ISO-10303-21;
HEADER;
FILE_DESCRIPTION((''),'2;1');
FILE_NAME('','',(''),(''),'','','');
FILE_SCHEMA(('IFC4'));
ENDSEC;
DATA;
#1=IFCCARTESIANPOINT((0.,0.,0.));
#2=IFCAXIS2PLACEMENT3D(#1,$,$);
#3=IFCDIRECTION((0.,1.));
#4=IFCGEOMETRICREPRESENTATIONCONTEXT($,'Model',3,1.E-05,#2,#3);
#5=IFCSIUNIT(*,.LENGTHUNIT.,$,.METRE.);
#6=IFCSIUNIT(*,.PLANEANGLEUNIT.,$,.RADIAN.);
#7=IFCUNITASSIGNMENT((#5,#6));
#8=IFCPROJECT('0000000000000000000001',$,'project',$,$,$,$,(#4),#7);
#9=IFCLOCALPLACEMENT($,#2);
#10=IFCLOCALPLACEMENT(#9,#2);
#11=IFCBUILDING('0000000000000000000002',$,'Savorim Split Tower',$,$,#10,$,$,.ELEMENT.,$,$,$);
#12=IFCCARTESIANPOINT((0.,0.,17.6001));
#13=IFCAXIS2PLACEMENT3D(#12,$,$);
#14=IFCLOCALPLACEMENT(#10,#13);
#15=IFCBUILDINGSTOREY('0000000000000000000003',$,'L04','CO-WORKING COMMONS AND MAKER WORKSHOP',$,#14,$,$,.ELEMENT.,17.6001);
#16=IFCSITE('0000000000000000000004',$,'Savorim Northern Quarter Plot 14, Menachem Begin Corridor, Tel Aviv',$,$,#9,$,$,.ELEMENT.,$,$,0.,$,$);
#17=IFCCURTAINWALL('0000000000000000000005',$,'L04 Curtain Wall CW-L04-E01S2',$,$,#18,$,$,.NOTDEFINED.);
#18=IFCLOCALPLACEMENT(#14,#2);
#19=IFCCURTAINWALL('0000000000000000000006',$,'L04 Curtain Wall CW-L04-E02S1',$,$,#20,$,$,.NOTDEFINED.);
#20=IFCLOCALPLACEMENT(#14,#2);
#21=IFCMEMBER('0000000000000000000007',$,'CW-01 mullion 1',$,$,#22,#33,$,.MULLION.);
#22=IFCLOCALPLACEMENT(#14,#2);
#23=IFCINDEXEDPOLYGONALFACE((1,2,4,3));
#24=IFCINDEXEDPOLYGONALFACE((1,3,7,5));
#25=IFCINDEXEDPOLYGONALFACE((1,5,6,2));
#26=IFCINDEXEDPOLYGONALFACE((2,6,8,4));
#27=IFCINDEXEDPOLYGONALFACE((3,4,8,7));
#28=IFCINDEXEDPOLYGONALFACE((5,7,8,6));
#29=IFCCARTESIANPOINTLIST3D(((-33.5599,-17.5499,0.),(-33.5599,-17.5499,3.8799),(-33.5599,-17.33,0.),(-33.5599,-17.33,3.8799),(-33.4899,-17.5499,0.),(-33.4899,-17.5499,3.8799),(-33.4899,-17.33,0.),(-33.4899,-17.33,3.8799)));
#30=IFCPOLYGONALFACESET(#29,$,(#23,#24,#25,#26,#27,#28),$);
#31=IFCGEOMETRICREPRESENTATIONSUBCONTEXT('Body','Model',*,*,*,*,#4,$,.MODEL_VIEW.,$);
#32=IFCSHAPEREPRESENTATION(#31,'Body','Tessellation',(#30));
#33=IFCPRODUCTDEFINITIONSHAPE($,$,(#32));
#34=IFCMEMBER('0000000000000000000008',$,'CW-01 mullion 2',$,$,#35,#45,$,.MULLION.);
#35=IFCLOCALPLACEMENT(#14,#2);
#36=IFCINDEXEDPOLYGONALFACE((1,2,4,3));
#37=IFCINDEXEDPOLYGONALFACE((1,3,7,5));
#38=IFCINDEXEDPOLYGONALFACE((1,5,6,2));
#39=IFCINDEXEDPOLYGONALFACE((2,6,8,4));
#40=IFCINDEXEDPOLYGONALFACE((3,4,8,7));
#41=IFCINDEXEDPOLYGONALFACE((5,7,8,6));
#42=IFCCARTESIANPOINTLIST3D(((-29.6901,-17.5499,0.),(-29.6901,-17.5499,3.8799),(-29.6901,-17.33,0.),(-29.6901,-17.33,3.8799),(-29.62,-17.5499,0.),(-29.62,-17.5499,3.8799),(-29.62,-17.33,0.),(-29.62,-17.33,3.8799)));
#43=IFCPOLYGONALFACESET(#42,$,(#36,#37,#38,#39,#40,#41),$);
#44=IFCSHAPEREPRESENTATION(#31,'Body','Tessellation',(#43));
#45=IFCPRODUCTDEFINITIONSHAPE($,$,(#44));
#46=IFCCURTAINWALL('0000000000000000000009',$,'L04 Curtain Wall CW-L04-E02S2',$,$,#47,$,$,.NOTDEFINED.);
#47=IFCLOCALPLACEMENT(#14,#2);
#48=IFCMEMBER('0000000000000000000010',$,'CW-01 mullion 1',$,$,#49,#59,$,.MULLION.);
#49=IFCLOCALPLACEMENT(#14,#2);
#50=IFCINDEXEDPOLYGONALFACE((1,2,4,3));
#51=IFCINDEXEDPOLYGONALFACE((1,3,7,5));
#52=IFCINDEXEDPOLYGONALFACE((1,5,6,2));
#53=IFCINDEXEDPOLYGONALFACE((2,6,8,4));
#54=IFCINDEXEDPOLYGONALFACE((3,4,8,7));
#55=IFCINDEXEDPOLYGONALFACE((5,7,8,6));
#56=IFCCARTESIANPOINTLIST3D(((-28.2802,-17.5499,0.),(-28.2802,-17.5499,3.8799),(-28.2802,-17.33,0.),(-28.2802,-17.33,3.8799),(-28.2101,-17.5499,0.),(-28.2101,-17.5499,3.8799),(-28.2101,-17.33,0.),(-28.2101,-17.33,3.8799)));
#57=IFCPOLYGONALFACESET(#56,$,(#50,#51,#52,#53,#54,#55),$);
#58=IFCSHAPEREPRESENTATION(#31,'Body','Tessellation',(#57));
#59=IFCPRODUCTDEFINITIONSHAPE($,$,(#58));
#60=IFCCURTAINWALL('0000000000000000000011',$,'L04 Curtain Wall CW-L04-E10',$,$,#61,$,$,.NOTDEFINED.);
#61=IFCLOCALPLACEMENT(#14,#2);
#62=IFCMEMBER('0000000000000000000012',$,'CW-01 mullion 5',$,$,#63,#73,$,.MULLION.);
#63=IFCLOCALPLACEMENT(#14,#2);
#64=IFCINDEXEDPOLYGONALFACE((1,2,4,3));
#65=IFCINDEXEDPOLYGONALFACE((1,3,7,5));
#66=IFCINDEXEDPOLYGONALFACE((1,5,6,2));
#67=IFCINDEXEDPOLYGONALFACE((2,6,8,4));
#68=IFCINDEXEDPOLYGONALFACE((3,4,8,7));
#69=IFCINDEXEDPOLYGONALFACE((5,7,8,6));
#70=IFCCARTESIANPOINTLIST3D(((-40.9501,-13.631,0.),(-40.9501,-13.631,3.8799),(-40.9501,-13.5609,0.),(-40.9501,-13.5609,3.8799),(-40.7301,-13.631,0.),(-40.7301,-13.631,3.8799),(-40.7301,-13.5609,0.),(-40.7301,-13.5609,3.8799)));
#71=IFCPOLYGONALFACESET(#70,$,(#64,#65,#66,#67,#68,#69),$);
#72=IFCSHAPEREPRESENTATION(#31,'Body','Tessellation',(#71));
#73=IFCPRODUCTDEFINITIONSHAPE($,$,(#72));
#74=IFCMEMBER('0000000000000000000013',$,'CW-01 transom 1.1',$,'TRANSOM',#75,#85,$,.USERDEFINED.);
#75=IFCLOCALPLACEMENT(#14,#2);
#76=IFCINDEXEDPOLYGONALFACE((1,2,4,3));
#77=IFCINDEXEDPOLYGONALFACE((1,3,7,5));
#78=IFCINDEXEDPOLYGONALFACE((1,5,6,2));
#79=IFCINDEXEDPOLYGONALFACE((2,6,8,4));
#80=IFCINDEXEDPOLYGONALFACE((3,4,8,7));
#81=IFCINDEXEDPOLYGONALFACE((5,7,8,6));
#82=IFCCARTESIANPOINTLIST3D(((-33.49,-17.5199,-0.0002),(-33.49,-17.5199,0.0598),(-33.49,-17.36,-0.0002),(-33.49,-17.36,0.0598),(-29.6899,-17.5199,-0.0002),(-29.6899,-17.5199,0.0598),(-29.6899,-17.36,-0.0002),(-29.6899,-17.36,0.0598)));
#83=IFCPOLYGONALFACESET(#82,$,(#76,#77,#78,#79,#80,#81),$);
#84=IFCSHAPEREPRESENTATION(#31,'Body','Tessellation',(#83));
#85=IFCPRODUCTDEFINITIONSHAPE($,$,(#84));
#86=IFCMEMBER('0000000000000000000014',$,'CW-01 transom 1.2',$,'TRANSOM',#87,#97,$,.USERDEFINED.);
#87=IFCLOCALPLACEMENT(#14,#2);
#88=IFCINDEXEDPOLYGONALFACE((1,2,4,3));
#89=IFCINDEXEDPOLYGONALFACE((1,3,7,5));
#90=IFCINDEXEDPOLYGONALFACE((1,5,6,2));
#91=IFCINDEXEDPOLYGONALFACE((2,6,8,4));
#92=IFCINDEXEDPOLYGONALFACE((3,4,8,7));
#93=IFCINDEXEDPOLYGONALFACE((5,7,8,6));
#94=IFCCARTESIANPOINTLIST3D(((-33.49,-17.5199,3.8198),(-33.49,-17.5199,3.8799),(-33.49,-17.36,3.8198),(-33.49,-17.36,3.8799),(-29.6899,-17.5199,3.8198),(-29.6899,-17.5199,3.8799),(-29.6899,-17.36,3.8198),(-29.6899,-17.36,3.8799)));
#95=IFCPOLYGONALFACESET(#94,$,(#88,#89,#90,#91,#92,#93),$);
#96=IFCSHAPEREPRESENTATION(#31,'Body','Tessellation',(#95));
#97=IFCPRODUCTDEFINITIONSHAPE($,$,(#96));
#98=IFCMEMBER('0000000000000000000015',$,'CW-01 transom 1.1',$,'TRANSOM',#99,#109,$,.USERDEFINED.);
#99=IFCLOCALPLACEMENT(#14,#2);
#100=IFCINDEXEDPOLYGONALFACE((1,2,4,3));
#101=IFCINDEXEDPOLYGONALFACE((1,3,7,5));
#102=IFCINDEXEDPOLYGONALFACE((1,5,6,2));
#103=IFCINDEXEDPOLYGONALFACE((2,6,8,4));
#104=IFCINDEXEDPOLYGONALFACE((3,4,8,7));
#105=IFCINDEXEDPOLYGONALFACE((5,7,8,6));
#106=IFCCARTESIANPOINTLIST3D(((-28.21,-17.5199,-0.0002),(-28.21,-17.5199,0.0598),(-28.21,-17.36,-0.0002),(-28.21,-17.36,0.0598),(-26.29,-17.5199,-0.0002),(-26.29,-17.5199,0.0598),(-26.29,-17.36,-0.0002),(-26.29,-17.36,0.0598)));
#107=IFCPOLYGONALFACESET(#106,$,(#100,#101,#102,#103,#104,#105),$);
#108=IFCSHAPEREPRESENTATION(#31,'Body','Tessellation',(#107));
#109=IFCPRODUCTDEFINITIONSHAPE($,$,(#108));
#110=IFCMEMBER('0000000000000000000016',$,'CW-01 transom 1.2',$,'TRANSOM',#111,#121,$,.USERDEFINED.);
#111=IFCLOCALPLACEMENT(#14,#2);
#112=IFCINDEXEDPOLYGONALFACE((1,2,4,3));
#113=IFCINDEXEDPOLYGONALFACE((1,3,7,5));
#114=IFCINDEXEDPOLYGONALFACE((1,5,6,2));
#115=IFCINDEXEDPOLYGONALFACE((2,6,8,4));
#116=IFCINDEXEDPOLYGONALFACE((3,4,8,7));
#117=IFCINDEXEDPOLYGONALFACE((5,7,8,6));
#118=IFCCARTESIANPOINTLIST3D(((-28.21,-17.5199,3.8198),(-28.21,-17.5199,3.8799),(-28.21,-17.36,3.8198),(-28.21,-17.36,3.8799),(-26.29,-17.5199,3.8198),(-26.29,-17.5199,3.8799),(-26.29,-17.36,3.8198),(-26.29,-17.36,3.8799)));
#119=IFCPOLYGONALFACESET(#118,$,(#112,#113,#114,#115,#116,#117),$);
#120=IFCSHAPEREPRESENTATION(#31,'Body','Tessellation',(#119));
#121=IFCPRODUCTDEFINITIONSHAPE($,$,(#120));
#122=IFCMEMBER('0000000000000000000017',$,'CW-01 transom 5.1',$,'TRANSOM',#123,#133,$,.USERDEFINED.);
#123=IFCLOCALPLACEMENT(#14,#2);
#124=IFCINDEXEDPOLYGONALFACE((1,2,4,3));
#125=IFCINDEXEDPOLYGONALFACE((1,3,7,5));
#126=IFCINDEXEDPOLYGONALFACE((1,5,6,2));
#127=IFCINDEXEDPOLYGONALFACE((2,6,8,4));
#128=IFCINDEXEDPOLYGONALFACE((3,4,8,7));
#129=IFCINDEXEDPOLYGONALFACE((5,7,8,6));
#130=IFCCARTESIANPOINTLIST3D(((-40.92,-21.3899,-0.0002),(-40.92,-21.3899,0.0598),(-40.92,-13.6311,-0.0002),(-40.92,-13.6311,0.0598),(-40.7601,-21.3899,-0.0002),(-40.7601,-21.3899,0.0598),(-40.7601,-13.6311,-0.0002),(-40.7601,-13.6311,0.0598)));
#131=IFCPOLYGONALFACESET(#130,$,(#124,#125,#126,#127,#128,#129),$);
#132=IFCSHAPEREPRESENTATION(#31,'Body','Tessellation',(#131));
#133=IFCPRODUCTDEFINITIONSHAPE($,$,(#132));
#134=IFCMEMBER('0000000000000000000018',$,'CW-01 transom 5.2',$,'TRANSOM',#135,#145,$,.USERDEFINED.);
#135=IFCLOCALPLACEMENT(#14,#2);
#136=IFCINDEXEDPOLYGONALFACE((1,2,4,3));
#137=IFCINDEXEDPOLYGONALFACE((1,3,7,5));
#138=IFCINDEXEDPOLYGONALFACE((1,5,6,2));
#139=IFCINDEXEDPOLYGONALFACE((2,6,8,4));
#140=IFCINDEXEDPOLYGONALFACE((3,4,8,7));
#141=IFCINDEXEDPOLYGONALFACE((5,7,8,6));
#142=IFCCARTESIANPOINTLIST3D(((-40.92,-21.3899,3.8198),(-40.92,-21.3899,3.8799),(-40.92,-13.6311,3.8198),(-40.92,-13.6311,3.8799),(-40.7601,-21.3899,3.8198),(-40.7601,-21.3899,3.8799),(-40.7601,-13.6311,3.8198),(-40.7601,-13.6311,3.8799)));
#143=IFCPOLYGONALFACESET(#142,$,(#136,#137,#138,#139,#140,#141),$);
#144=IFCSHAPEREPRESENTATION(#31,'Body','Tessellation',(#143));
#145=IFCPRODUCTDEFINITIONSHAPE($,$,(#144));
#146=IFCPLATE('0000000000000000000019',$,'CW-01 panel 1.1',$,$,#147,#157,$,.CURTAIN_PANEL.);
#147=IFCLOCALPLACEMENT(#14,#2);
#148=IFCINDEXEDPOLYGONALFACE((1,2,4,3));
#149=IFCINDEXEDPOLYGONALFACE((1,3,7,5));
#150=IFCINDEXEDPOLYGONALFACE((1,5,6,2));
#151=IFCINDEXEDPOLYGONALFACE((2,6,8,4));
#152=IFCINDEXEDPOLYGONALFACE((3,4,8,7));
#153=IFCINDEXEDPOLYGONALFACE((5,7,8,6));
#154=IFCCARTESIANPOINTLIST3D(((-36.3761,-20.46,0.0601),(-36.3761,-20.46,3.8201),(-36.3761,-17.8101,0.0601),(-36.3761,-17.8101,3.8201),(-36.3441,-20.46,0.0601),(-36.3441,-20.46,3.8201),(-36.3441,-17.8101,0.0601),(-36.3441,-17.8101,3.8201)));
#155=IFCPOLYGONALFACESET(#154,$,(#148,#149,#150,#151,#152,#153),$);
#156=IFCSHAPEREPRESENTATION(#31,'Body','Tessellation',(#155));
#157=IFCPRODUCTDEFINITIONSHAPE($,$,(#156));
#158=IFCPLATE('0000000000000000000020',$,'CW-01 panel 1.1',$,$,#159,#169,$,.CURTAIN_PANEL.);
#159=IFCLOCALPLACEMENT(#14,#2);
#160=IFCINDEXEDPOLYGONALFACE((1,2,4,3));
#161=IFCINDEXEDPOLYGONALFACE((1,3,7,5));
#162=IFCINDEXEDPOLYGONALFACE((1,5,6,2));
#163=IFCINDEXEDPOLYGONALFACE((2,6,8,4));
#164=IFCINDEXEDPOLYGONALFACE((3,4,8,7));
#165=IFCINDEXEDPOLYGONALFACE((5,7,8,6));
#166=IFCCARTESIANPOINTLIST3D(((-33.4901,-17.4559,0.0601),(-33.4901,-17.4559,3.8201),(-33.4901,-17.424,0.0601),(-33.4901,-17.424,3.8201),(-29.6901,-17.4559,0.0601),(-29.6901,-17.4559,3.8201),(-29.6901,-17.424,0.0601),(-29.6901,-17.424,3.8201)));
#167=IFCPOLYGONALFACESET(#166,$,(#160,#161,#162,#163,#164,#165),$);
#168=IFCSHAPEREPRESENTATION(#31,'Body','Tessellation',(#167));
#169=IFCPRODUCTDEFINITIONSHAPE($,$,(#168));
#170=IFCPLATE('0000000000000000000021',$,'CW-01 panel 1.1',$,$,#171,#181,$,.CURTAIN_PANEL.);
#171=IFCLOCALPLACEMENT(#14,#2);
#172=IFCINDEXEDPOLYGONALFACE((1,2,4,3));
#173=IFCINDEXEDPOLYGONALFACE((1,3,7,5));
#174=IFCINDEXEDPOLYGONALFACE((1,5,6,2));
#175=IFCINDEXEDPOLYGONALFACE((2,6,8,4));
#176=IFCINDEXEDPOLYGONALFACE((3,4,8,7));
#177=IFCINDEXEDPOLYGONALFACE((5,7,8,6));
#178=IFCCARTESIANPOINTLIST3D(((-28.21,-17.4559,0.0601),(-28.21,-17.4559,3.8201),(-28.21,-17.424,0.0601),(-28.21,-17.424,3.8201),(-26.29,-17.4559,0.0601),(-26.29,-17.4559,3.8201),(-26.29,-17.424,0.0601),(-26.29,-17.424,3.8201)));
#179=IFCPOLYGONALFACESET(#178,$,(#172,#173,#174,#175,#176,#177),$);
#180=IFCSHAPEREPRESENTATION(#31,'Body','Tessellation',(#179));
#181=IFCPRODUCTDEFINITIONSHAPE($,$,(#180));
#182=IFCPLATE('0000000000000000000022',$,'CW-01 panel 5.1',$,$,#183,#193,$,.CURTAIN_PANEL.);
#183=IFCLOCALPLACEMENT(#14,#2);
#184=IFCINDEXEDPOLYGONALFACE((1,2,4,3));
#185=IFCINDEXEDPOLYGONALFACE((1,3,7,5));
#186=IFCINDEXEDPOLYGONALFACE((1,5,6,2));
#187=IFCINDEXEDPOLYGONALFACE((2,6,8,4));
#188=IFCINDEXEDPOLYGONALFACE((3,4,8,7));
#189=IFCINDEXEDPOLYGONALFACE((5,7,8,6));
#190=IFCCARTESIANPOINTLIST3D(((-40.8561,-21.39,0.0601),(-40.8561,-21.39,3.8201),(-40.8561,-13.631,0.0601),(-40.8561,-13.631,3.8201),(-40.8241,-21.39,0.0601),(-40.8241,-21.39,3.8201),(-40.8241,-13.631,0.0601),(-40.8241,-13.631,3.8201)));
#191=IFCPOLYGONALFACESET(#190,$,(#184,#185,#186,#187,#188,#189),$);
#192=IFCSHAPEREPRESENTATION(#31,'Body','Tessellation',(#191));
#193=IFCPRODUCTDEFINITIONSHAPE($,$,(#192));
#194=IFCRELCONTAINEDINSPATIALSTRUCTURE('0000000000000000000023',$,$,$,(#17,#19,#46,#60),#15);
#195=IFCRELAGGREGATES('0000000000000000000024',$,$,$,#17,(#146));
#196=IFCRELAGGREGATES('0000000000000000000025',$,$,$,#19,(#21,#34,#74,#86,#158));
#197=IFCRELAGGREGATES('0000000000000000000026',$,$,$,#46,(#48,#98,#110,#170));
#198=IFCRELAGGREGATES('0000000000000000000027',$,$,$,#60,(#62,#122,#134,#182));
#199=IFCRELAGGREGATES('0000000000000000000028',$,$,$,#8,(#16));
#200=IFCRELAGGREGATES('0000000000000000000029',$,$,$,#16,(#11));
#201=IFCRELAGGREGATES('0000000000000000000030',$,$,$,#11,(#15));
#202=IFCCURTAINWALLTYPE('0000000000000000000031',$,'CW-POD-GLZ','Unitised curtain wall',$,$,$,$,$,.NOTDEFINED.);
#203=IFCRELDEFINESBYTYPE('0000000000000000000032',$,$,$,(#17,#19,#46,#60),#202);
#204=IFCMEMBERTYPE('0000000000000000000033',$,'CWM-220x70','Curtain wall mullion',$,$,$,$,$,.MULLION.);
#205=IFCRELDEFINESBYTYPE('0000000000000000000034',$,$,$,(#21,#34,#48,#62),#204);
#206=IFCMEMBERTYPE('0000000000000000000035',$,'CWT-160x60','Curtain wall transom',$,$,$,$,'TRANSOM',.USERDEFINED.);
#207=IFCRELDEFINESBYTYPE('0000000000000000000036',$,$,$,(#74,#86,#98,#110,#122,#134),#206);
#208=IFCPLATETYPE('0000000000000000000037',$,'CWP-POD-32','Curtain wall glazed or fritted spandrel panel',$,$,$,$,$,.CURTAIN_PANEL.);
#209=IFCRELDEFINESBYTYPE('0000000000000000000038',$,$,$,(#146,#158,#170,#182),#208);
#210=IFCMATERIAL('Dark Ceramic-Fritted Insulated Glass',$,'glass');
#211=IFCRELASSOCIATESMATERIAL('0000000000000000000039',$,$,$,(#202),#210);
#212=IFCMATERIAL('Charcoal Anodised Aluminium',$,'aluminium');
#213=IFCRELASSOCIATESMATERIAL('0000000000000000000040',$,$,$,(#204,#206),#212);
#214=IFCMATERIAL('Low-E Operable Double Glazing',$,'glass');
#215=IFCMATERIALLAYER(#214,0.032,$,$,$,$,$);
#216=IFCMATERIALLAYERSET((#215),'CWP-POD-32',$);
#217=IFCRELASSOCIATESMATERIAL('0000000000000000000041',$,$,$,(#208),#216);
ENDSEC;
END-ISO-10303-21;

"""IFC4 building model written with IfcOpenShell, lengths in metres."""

from ifc_helpers import new_model, si_unit, direction, frame, origin, origin_2d, place, context, subcontext, project, spatial, rectangle, extrude, material, layer, layer_set, material_profile, profile_set, type_object, element, aggregate, save


model = new_model("IFC4")

# Units and contexts
model_context = context("Model", 3, precision=1e-05, world=origin(), true_north=direction((0.0, 1.0)))
body_context = subcontext(model_context, "Body", "Model", "MODEL_VIEW")
ifc_project = project(units=[si_unit("LENGTHUNIT", "METRE"), si_unit("PLANEANGLEUNIT", "RADIAN")], contexts=[model_context])

# Site, building, storey
site_placement = place(None, origin())
site = spatial("IfcSite", under=ifc_project, at=site_placement, Name="Savorim Northern Quarter Plot 14, Menachem Begin Corridor, Tel Aviv", CompositionType="ELEMENT", RefElevation=0.0)
building_placement = place(site_placement, origin())
building = spatial("IfcBuilding", under=site, at=building_placement, Name="Savorim Split Tower", CompositionType="ELEMENT")
storey_placement = place(building_placement, frame((0.0, 0.0, 17.6001)))
storey = spatial("IfcBuildingStorey", under=building, at=storey_placement, Name="L04", Description="CO-WORKING COMMONS AND MAKER WORKSHOP", CompositionType="ELEMENT", Elevation=17.6001)

# Curtain wall
ifc_material_1 = material(Name="Dark Ceramic-Fritted Insulated Glass", Category="glass")
curtain_wall_type = type_object("IfcCurtainWallType", Name="CW-POD-GLZ", Description="Unitised curtain wall", PredefinedType="NOTDEFINED", material=ifc_material_1)
curtain_wall_1_placement = place(storey_placement, origin())
curtain_wall_1 = element("IfcCurtainWall", 1, at=curtain_wall_1_placement, inside=storey, type_object=curtain_wall_type, Name="L04 Curtain Wall CW-L04-E01S2", PredefinedType="NOTDEFINED")
ifc_material_2 = material(Name="Charcoal Anodised Aluminium", Category="aluminium")
ifc_material_profile_1 = material_profile(ifc_material_2, rectangle(XDim=0.22, YDim=0.0701, at=origin_2d()), Name="ALU-M 220x70")
ifc_profile_set_1 = profile_set([ifc_material_profile_1], Name="Charcoal Anodised Aluminium")
member_type_1 = type_object("IfcMemberType", Name="CWM-220x70", Description="Curtain wall mullion", PredefinedType="MULLION", material=ifc_profile_set_1)

# Curtain wall, members
curtain_wall_2_placement = place(storey_placement, origin())
curtain_wall_2 = element("IfcCurtainWall", 2, at=curtain_wall_2_placement, inside=storey, type_object=curtain_wall_type, Name="L04 Curtain Wall CW-L04-E02S1", PredefinedType="NOTDEFINED")
member_1_placement = place(storey_placement, frame((-33.5249, -17.4399, 0.0), z_axis=(0.0, 0.0, 1.0), x_axis=(0.0, 1.0, 0.0)))
member_1 = element("IfcMember", 3, at=member_1_placement, type_object=member_type_1, Name="CW-01 mullion 1", PredefinedType="MULLION", context=body_context, shape_type="SweptSolid", body=[
    extrude(rectangle(XDim=0.22, YDim=0.0701, at=origin_2d()), origin(), (0.0, 0.0, 1.0), 3.8799),
])
member_2_placement = place(storey_placement, frame((-29.655, -17.4399, 0.0), z_axis=(0.0, 0.0, 1.0), x_axis=(0.0, 1.0, 0.0)))
member_2 = element("IfcMember", 4, at=member_2_placement, type_object=member_type_1, Name="CW-01 mullion 2", PredefinedType="MULLION", context=body_context, shape_type="SweptSolid", body=[
    extrude(rectangle(XDim=0.22, YDim=0.0701, at=origin_2d()), origin(), (0.0, 0.0, 1.0), 3.8799),
])

# Curtain walls, members
curtain_wall_3_placement = place(storey_placement, origin())
curtain_wall_3 = element("IfcCurtainWall", 5, at=curtain_wall_3_placement, inside=storey, type_object=curtain_wall_type, Name="L04 Curtain Wall CW-L04-E02S2", PredefinedType="NOTDEFINED")
member_3_placement = place(storey_placement, frame((-28.2451, -17.4399, 0.0), z_axis=(0.0, 0.0, 1.0), x_axis=(0.0, 1.0, 0.0)))
member_3 = element("IfcMember", 6, at=member_3_placement, type_object=member_type_1, Name="CW-01 mullion 1", PredefinedType="MULLION", context=body_context, shape_type="SweptSolid", body=[
    extrude(rectangle(XDim=0.22, YDim=0.0701, at=origin_2d()), origin(), (0.0, 0.0, 1.0), 3.8799),
])
curtain_wall_4_placement = place(storey_placement, origin())
curtain_wall_4 = element("IfcCurtainWall", 7, at=curtain_wall_4_placement, inside=storey, type_object=curtain_wall_type, Name="L04 Curtain Wall CW-L04-E10", PredefinedType="NOTDEFINED")
member_4_placement = place(storey_placement, frame((-40.8401, -13.5959, 0.0), z_axis=(0.0, 0.0, 1.0), x_axis=(1.0, 0.0, 0.0)))
member_4 = element("IfcMember", 8, at=member_4_placement, type_object=member_type_1, Name="CW-01 mullion 5", PredefinedType="MULLION", context=body_context, shape_type="SweptSolid", body=[
    extrude(rectangle(XDim=0.22, YDim=0.0701, at=origin_2d()), origin(), (0.0, 0.0, 1.0), 3.8799),
])

# Members
ifc_material_profile_2 = material_profile(ifc_material_2, rectangle(XDim=0.1599, YDim=0.0601, at=origin_2d()), Name="ALU-T 160x60")
ifc_profile_set_2 = profile_set([ifc_material_profile_2], Name="Charcoal Anodised Aluminium")
member_type_2 = type_object("IfcMemberType", Name="CWT-160x60", Description="Curtain wall transom", ElementType="TRANSOM", PredefinedType="USERDEFINED", material=ifc_profile_set_2)
member_5_placement = place(storey_placement, frame((-33.49, -17.4399, 0.0298), z_axis=(1.0, 0.0, 0.0), x_axis=(0.0, 1.0, 0.0)))
member_5 = element("IfcMember", 9, at=member_5_placement, type_object=member_type_2, Name="CW-01 transom 1.1", ObjectType="TRANSOM", PredefinedType="USERDEFINED", context=body_context, shape_type="SweptSolid", body=[
    extrude(rectangle(XDim=0.1599, YDim=0.0601, at=origin_2d()), origin(), (0.0, 0.0, 1.0), 3.8),
])
member_6_placement = place(storey_placement, frame((-33.49, -17.4399, 3.8499), z_axis=(1.0, 0.0, 0.0), x_axis=(0.0, 1.0, 0.0)))
member_6 = element("IfcMember", 10, at=member_6_placement, type_object=member_type_2, Name="CW-01 transom 1.2", ObjectType="TRANSOM", PredefinedType="USERDEFINED", context=body_context, shape_type="SweptSolid", body=[
    extrude(rectangle(XDim=0.1599, YDim=0.0601, at=origin_2d()), origin(), (0.0, 0.0, 1.0), 3.8),
])
member_7_placement = place(storey_placement, frame((-28.21, -17.4399, 0.0298), z_axis=(1.0, 0.0, 0.0), x_axis=(0.0, 1.0, 0.0)))
member_7 = element("IfcMember", 11, at=member_7_placement, type_object=member_type_2, Name="CW-01 transom 1.1", ObjectType="TRANSOM", PredefinedType="USERDEFINED", context=body_context, shape_type="SweptSolid", body=[
    extrude(rectangle(XDim=0.1599, YDim=0.0601, at=origin_2d()), origin(), (0.0, 0.0, 1.0), 1.9199),
])
member_8_placement = place(storey_placement, frame((-28.21, -17.4399, 3.8499), z_axis=(1.0, 0.0, 0.0), x_axis=(0.0, 1.0, 0.0)))
member_8 = element("IfcMember", 12, at=member_8_placement, type_object=member_type_2, Name="CW-01 transom 1.2", ObjectType="TRANSOM", PredefinedType="USERDEFINED", context=body_context, shape_type="SweptSolid", body=[
    extrude(rectangle(XDim=0.1599, YDim=0.0601, at=origin_2d()), origin(), (0.0, 0.0, 1.0), 1.9199),
])
member_9_placement = place(storey_placement, frame((-40.8401, -13.6311, 0.0298), z_axis=(0.0, -1.0, 0.0), x_axis=(1.0, 0.0, 0.0)))
member_9 = element("IfcMember", 13, at=member_9_placement, type_object=member_type_2, Name="CW-01 transom 5.1", ObjectType="TRANSOM", PredefinedType="USERDEFINED", context=body_context, shape_type="SweptSolid", body=[
    extrude(rectangle(XDim=0.1599, YDim=0.0601, at=origin_2d()), origin(), (0.0, 0.0, 1.0), 7.7588),
])
member_10_placement = place(storey_placement, frame((-40.8401, -13.6311, 3.8499), z_axis=(0.0, -1.0, 0.0), x_axis=(1.0, 0.0, 0.0)))
member_10 = element("IfcMember", 14, at=member_10_placement, type_object=member_type_2, Name="CW-01 transom 5.2", ObjectType="TRANSOM", PredefinedType="USERDEFINED", context=body_context, shape_type="SweptSolid", body=[
    extrude(rectangle(XDim=0.1599, YDim=0.0601, at=origin_2d()), origin(), (0.0, 0.0, 1.0), 7.7588),
])

# Plates
ifc_material_3 = material(Name="Low-E Operable Double Glazing", Category="glass")
ifc_layer_1 = layer(ifc_material_3, 0.032)
ifc_layer_set_1 = layer_set([ifc_layer_1], Name="CWP-POD-32")
plate_type = type_object("IfcPlateType", Name="CWP-POD-32", Description="Curtain wall glazed or fritted spandrel panel", PredefinedType="CURTAIN_PANEL", material=ifc_layer_set_1)
plate_1_placement = place(storey_placement, frame((-36.3601, -19.135, 0.0601), z_axis=(0.0, 0.0, 1.0), x_axis=(0.0, 1.0, 0.0)))
plate_1 = element("IfcPlate", 15, at=plate_1_placement, type_object=plate_type, Name="CW-01 panel 1.1", PredefinedType="CURTAIN_PANEL", context=body_context, shape_type="SweptSolid", body=[
    extrude(rectangle(XDim=2.6499, YDim=0.032, at=origin_2d()), origin(), (0.0, 0.0, 1.0), 3.76),
])
aggregate(curtain_wall_1, [plate_1])
plate_2_placement = place(storey_placement, frame((-31.5901, -17.4399, 0.0601), z_axis=(0.0, 0.0, 1.0), x_axis=(1.0, 0.0, 0.0)))
plate_2 = element("IfcPlate", 16, at=plate_2_placement, type_object=plate_type, Name="CW-01 panel 1.1", PredefinedType="CURTAIN_PANEL", context=body_context, shape_type="SweptSolid", body=[
    extrude(rectangle(XDim=3.8, YDim=0.032, at=origin_2d()), origin(), (0.0, 0.0, 1.0), 3.76),
])
aggregate(curtain_wall_2, [member_1, member_2, member_5, member_6, plate_2])
plate_3_placement = place(storey_placement, frame((-27.25, -17.4399, 0.0601), z_axis=(0.0, 0.0, 1.0), x_axis=(1.0, 0.0, 0.0)))
plate_3 = element("IfcPlate", 17, at=plate_3_placement, type_object=plate_type, Name="CW-01 panel 1.1", PredefinedType="CURTAIN_PANEL", context=body_context, shape_type="SweptSolid", body=[
    extrude(rectangle(XDim=1.9199, YDim=0.032, at=origin_2d()), origin(), (0.0, 0.0, 1.0), 3.76),
])
aggregate(curtain_wall_3, [member_3, member_7, member_8, plate_3])
plate_4_placement = place(storey_placement, frame((-40.8401, -17.5105, 0.0601), z_axis=(0.0, 0.0, 1.0), x_axis=(0.0, -1.0, 0.0)))
plate_4 = element("IfcPlate", 18, at=plate_4_placement, type_object=plate_type, Name="CW-01 panel 5.1", PredefinedType="CURTAIN_PANEL", context=body_context, shape_type="SweptSolid", body=[
    extrude(rectangle(XDim=7.759, YDim=0.032, at=origin_2d()), origin(), (0.0, 0.0, 1.0), 3.76),
])
aggregate(curtain_wall_4, [member_4, member_9, member_10, plate_4])

save(model, "model.ifc")
